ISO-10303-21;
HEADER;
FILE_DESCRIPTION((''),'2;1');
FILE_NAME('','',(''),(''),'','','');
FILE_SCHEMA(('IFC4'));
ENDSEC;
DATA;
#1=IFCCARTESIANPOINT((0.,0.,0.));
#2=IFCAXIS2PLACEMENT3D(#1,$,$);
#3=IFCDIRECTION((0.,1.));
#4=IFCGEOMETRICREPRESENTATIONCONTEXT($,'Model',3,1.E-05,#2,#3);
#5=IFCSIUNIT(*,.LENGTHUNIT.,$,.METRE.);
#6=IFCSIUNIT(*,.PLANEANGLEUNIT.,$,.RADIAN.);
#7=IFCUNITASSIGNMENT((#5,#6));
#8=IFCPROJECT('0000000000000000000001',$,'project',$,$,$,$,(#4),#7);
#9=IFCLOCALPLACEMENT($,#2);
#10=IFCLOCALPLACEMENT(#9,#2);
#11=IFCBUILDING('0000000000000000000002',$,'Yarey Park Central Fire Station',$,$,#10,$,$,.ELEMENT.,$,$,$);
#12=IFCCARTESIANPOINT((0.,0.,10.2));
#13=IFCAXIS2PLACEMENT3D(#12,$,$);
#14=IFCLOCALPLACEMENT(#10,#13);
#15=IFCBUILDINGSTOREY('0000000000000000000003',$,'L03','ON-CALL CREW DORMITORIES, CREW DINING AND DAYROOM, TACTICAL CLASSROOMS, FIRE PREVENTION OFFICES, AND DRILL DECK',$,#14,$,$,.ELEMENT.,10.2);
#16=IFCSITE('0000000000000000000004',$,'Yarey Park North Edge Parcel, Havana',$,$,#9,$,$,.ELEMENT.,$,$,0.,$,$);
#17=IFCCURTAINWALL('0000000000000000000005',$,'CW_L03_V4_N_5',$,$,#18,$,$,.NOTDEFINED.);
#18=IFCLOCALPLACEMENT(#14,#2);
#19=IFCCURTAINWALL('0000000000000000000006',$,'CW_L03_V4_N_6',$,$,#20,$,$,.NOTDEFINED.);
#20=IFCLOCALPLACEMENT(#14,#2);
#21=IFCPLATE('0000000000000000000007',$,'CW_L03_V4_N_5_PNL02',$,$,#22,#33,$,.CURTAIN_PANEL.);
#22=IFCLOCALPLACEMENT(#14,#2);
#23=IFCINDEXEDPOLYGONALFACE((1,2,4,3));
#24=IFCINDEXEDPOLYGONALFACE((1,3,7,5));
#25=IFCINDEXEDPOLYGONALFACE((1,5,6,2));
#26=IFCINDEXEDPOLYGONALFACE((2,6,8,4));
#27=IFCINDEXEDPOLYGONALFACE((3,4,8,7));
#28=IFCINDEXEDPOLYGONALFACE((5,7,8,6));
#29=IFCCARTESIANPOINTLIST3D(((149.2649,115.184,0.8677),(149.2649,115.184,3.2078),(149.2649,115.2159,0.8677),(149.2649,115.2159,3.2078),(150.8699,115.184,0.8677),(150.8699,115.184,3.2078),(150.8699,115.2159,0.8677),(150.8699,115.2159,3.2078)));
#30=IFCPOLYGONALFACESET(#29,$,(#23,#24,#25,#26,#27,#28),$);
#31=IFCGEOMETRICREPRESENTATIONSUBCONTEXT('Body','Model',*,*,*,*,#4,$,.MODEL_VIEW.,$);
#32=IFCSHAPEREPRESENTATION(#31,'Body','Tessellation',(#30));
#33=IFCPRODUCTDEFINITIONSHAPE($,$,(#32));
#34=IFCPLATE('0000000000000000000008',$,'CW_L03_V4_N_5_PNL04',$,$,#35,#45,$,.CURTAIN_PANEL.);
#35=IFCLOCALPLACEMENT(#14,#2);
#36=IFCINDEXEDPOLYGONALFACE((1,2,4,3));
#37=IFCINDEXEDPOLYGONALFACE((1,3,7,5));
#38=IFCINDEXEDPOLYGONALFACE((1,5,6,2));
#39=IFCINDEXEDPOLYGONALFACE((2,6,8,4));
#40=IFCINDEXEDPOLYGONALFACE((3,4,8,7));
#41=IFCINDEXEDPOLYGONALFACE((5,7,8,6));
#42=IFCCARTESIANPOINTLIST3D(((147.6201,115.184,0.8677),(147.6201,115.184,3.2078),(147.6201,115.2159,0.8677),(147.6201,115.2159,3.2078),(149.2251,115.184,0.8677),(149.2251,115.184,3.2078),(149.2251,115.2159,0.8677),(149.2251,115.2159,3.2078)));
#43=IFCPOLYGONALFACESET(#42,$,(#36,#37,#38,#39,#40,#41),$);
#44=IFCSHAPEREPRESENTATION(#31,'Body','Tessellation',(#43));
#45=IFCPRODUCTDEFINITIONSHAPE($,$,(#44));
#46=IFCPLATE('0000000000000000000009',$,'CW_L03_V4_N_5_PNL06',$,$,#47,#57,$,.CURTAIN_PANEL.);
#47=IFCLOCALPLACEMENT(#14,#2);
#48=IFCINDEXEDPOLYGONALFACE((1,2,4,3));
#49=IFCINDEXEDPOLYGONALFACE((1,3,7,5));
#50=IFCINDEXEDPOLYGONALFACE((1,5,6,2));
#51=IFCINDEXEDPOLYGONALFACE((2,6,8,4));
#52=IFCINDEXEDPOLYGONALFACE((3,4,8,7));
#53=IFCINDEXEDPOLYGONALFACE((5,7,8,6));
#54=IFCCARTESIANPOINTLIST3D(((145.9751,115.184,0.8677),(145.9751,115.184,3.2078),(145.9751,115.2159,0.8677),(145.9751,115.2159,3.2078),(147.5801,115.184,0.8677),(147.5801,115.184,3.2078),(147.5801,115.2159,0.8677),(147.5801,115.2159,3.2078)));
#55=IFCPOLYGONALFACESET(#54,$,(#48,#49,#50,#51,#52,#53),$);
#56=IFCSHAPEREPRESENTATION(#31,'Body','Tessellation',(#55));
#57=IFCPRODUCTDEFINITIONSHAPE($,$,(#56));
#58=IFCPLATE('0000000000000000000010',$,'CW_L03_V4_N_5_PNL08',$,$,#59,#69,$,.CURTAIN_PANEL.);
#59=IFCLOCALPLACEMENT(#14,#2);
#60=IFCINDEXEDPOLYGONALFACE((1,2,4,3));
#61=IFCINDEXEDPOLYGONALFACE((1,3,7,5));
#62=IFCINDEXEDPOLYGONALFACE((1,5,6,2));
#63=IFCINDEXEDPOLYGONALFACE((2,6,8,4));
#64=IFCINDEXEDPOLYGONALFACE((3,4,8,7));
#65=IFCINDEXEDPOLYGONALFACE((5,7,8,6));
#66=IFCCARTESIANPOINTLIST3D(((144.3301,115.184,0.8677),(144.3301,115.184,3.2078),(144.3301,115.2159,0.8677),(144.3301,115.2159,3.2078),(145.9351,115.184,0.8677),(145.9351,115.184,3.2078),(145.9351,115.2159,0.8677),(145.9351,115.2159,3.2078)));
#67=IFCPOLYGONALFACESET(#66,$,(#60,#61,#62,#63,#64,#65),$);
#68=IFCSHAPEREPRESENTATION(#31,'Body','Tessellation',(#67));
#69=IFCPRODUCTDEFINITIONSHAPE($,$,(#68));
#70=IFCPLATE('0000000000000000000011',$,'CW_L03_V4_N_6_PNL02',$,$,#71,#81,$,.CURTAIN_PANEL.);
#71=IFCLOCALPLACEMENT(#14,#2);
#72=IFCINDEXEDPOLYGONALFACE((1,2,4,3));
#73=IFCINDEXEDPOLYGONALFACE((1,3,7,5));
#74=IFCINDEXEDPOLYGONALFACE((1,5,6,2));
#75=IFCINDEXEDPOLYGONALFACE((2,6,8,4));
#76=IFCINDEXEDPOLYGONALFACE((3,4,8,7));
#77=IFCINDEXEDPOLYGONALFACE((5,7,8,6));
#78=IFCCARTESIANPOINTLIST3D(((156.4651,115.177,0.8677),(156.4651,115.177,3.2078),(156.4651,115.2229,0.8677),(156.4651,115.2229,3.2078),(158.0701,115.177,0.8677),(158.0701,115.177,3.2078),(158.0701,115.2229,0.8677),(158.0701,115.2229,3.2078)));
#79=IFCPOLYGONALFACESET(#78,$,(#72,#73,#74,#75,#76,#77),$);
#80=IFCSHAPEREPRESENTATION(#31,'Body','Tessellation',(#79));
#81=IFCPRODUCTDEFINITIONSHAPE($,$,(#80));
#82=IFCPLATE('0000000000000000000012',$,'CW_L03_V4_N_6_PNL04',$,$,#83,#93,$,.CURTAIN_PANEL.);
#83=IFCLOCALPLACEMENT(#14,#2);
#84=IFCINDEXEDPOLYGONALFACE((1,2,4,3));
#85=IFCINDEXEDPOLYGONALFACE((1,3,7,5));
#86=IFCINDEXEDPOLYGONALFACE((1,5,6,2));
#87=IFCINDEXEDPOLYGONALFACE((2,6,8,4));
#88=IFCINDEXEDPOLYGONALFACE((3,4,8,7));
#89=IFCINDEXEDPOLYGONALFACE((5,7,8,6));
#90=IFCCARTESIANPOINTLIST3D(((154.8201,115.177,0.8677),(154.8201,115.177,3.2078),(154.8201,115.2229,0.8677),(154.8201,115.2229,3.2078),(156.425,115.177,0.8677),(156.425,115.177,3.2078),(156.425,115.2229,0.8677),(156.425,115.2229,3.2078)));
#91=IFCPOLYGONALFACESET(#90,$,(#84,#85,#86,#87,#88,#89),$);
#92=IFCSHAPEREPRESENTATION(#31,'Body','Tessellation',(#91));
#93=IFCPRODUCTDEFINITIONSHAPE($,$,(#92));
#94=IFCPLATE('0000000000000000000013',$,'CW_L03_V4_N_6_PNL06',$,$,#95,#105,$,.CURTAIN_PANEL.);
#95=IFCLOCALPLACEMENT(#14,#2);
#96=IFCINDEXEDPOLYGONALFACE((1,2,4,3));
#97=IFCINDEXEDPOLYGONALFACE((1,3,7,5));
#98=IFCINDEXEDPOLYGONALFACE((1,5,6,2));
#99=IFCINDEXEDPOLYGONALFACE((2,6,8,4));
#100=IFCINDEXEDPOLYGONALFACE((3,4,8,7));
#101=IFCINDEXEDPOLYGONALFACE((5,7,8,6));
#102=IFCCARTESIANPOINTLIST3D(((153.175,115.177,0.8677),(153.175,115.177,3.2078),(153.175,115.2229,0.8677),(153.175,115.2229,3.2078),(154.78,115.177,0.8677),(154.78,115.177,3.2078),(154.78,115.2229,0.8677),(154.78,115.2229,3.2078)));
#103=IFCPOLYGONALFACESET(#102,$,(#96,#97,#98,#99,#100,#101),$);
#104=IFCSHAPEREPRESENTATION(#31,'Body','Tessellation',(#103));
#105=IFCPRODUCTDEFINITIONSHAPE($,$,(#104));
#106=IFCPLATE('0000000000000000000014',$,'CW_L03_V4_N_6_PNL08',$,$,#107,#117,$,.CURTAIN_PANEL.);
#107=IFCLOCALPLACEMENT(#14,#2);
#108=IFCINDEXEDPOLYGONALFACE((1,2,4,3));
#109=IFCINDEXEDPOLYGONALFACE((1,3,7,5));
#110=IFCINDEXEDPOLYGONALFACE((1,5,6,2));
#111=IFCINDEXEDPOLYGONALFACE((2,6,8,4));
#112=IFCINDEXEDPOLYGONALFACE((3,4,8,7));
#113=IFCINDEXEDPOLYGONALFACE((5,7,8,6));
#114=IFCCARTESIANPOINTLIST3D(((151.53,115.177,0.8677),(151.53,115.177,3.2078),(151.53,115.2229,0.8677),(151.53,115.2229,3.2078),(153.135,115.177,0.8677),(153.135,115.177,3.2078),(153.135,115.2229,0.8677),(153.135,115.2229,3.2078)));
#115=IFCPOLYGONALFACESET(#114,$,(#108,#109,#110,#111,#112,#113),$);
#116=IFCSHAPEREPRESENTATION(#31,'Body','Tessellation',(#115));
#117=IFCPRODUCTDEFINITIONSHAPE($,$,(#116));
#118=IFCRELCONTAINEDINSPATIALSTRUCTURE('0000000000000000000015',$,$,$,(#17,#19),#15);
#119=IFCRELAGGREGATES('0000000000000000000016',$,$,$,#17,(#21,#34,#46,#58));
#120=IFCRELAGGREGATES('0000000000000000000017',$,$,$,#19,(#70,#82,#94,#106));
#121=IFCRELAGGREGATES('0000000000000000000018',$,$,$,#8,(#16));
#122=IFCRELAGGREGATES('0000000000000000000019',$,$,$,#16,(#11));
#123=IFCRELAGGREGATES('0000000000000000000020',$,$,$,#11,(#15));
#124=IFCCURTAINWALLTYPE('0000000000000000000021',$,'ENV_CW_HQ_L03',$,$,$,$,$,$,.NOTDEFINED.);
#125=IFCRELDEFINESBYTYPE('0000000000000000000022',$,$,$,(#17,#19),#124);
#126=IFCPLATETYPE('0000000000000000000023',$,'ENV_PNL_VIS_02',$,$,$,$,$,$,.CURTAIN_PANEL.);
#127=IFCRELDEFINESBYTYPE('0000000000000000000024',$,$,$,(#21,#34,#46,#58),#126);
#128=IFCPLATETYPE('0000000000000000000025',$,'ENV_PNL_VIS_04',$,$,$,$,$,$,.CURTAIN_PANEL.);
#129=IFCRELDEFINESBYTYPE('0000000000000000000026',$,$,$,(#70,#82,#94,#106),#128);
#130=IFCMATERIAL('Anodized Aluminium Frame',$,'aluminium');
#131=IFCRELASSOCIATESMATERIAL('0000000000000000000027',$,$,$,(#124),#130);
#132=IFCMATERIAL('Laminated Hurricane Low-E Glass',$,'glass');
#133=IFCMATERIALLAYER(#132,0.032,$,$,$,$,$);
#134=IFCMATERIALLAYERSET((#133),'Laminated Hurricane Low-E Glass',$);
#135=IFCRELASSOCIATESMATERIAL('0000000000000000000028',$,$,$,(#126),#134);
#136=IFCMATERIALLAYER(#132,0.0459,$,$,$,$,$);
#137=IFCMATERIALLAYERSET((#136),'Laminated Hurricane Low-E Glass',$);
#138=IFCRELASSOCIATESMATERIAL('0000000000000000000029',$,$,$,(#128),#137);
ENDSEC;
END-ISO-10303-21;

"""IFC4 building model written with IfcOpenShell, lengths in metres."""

from ifc_helpers import new_model, si_unit, direction, frame, origin, origin_2d, place, context, subcontext, project, spatial, rectangle, extrude, material, layer, layer_set, type_object, element, aggregate, save


model = new_model("IFC4")

# Units and contexts
model_context = context("Model", 3, precision=1e-05, world=origin(), true_north=direction((0.0, 1.0)))
body_context = subcontext(model_context, "Body", "Model", "MODEL_VIEW")
ifc_project = project(units=[si_unit("LENGTHUNIT", "METRE"), si_unit("PLANEANGLEUNIT", "RADIAN")], contexts=[model_context])

# Site, building, storey
site_placement = place(None, origin())
site = spatial("IfcSite", under=ifc_project, at=site_placement, Name="Yarey Park North Edge Parcel, Havana", CompositionType="ELEMENT", RefElevation=0.0)
building_placement = place(site_placement, origin())
building = spatial("IfcBuilding", under=site, at=building_placement, Name="Yarey Park Central Fire Station", CompositionType="ELEMENT")
storey_placement = place(building_placement, frame((0.0, 0.0, 10.2)))
storey = spatial("IfcBuildingStorey", under=building, at=storey_placement, Name="L03", Description="ON-CALL CREW DORMITORIES, CREW DINING AND DAYROOM, TACTICAL CLASSROOMS, FIRE PREVENTION OFFICES, AND DRILL DECK", CompositionType="ELEMENT", Elevation=10.2)

# Curtain walls
ifc_material_1 = material(Name="Anodized Aluminium Frame", Category="aluminium")
curtain_wall_type = type_object("IfcCurtainWallType", Name="ENV_CW_HQ_L03", PredefinedType="NOTDEFINED", material=ifc_material_1)
curtain_wall_1_placement = place(storey_placement, origin())
curtain_wall_1 = element("IfcCurtainWall", 1, at=curtain_wall_1_placement, inside=storey, type_object=curtain_wall_type, Name="CW_L03_V4_N_5", PredefinedType="NOTDEFINED")
curtain_wall_2_placement = place(storey_placement, origin())
curtain_wall_2 = element("IfcCurtainWall", 2, at=curtain_wall_2_placement, inside=storey, type_object=curtain_wall_type, Name="CW_L03_V4_N_6", PredefinedType="NOTDEFINED")

# Plates
ifc_material_2 = material(Name="Laminated Hurricane Low-E Glass", Category="glass")
ifc_layer_1 = layer(ifc_material_2, 0.032)
ifc_layer_set_1 = layer_set([ifc_layer_1], Name="Laminated Hurricane Low-E Glass")
plate_type_1 = type_object("IfcPlateType", Name="ENV_PNL_VIS_02", PredefinedType="CURTAIN_PANEL", material=ifc_layer_set_1)
plate_1_placement = place(storey_placement, frame((150.0674, 115.2, 0.8677), z_axis=(0.0, 0.0, 1.0), x_axis=(-1.0, 0.0, 0.0)))
plate_1 = element("IfcPlate", 3, at=plate_1_placement, type_object=plate_type_1, Name="CW_L03_V4_N_5_PNL02", PredefinedType="CURTAIN_PANEL", context=body_context, shape_type="SweptSolid", body=[
    extrude(rectangle(XDim=1.605, YDim=0.032, at=origin_2d()), origin(), (0.0, 0.0, 1.0), 2.3401),
])
plate_2_placement = place(storey_placement, frame((148.4226, 115.2, 0.8677), z_axis=(0.0, 0.0, 1.0), x_axis=(-1.0, 0.0, 0.0)))
plate_2 = element("IfcPlate", 4, at=plate_2_placement, type_object=plate_type_1, Name="CW_L03_V4_N_5_PNL04", PredefinedType="CURTAIN_PANEL", context=body_context, shape_type="SweptSolid", body=[
    extrude(rectangle(XDim=1.605, YDim=0.032, at=origin_2d()), origin(), (0.0, 0.0, 1.0), 2.3401),
])
plate_3_placement = place(storey_placement, frame((146.7776, 115.2, 0.8677), z_axis=(0.0, 0.0, 1.0), x_axis=(-1.0, 0.0, 0.0)))
plate_3 = element("IfcPlate", 5, at=plate_3_placement, type_object=plate_type_1, Name="CW_L03_V4_N_5_PNL06", PredefinedType="CURTAIN_PANEL", context=body_context, shape_type="SweptSolid", body=[
    extrude(rectangle(XDim=1.605, YDim=0.032, at=origin_2d()), origin(), (0.0, 0.0, 1.0), 2.3401),
])
plate_4_placement = place(storey_placement, frame((145.1326, 115.2, 0.8677), z_axis=(0.0, 0.0, 1.0), x_axis=(-1.0, 0.0, 0.0)))
plate_4 = element("IfcPlate", 6, at=plate_4_placement, type_object=plate_type_1, Name="CW_L03_V4_N_5_PNL08", PredefinedType="CURTAIN_PANEL", context=body_context, shape_type="SweptSolid", body=[
    extrude(rectangle(XDim=1.605, YDim=0.032, at=origin_2d()), origin(), (0.0, 0.0, 1.0), 2.3401),
])
aggregate(curtain_wall_1, [plate_1, plate_2, plate_3, plate_4])
ifc_layer_2 = layer(ifc_material_2, 0.0459)
ifc_layer_set_2 = layer_set([ifc_layer_2], Name="Laminated Hurricane Low-E Glass")
plate_type_2 = type_object("IfcPlateType", Name="ENV_PNL_VIS_04", PredefinedType="CURTAIN_PANEL", material=ifc_layer_set_2)
plate_5_placement = place(storey_placement, frame((157.2676, 115.2, 0.8677), z_axis=(0.0, 0.0, 1.0), x_axis=(-1.0, 0.0, 0.0)))
plate_5 = element("IfcPlate", 7, at=plate_5_placement, type_object=plate_type_2, Name="CW_L03_V4_N_6_PNL02", PredefinedType="CURTAIN_PANEL", context=body_context, shape_type="SweptSolid", body=[
    extrude(rectangle(XDim=1.605, YDim=0.0459, at=origin_2d()), origin(), (0.0, 0.0, 1.0), 2.3401),
])
plate_6_placement = place(storey_placement, frame((155.6226, 115.2, 0.8677), z_axis=(0.0, 0.0, 1.0), x_axis=(-1.0, 0.0, 0.0)))
plate_6 = element("IfcPlate", 8, at=plate_6_placement, type_object=plate_type_2, Name="CW_L03_V4_N_6_PNL04", PredefinedType="CURTAIN_PANEL", context=body_context, shape_type="SweptSolid", body=[
    extrude(rectangle(XDim=1.605, YDim=0.0459, at=origin_2d()), origin(), (0.0, 0.0, 1.0), 2.3401),
])
plate_7_placement = place(storey_placement, frame((153.9775, 115.2, 0.8677), z_axis=(0.0, 0.0, 1.0), x_axis=(-1.0, 0.0, 0.0)))
plate_7 = element("IfcPlate", 9, at=plate_7_placement, type_object=plate_type_2, Name="CW_L03_V4_N_6_PNL06", PredefinedType="CURTAIN_PANEL", context=body_context, shape_type="SweptSolid", body=[
    extrude(rectangle(XDim=1.605, YDim=0.0459, at=origin_2d()), origin(), (0.0, 0.0, 1.0), 2.3401),
])
plate_8_placement = place(storey_placement, frame((152.3325, 115.2, 0.8677), z_axis=(0.0, 0.0, 1.0), x_axis=(-1.0, 0.0, 0.0)))
plate_8 = element("IfcPlate", 10, at=plate_8_placement, type_object=plate_type_2, Name="CW_L03_V4_N_6_PNL08", PredefinedType="CURTAIN_PANEL", context=body_context, shape_type="SweptSolid", body=[
    extrude(rectangle(XDim=1.605, YDim=0.0459, at=origin_2d()), origin(), (0.0, 0.0, 1.0), 2.3401),
])
aggregate(curtain_wall_2, [plate_5, plate_6, plate_7, plate_8])

save(model, "model.ifc")
